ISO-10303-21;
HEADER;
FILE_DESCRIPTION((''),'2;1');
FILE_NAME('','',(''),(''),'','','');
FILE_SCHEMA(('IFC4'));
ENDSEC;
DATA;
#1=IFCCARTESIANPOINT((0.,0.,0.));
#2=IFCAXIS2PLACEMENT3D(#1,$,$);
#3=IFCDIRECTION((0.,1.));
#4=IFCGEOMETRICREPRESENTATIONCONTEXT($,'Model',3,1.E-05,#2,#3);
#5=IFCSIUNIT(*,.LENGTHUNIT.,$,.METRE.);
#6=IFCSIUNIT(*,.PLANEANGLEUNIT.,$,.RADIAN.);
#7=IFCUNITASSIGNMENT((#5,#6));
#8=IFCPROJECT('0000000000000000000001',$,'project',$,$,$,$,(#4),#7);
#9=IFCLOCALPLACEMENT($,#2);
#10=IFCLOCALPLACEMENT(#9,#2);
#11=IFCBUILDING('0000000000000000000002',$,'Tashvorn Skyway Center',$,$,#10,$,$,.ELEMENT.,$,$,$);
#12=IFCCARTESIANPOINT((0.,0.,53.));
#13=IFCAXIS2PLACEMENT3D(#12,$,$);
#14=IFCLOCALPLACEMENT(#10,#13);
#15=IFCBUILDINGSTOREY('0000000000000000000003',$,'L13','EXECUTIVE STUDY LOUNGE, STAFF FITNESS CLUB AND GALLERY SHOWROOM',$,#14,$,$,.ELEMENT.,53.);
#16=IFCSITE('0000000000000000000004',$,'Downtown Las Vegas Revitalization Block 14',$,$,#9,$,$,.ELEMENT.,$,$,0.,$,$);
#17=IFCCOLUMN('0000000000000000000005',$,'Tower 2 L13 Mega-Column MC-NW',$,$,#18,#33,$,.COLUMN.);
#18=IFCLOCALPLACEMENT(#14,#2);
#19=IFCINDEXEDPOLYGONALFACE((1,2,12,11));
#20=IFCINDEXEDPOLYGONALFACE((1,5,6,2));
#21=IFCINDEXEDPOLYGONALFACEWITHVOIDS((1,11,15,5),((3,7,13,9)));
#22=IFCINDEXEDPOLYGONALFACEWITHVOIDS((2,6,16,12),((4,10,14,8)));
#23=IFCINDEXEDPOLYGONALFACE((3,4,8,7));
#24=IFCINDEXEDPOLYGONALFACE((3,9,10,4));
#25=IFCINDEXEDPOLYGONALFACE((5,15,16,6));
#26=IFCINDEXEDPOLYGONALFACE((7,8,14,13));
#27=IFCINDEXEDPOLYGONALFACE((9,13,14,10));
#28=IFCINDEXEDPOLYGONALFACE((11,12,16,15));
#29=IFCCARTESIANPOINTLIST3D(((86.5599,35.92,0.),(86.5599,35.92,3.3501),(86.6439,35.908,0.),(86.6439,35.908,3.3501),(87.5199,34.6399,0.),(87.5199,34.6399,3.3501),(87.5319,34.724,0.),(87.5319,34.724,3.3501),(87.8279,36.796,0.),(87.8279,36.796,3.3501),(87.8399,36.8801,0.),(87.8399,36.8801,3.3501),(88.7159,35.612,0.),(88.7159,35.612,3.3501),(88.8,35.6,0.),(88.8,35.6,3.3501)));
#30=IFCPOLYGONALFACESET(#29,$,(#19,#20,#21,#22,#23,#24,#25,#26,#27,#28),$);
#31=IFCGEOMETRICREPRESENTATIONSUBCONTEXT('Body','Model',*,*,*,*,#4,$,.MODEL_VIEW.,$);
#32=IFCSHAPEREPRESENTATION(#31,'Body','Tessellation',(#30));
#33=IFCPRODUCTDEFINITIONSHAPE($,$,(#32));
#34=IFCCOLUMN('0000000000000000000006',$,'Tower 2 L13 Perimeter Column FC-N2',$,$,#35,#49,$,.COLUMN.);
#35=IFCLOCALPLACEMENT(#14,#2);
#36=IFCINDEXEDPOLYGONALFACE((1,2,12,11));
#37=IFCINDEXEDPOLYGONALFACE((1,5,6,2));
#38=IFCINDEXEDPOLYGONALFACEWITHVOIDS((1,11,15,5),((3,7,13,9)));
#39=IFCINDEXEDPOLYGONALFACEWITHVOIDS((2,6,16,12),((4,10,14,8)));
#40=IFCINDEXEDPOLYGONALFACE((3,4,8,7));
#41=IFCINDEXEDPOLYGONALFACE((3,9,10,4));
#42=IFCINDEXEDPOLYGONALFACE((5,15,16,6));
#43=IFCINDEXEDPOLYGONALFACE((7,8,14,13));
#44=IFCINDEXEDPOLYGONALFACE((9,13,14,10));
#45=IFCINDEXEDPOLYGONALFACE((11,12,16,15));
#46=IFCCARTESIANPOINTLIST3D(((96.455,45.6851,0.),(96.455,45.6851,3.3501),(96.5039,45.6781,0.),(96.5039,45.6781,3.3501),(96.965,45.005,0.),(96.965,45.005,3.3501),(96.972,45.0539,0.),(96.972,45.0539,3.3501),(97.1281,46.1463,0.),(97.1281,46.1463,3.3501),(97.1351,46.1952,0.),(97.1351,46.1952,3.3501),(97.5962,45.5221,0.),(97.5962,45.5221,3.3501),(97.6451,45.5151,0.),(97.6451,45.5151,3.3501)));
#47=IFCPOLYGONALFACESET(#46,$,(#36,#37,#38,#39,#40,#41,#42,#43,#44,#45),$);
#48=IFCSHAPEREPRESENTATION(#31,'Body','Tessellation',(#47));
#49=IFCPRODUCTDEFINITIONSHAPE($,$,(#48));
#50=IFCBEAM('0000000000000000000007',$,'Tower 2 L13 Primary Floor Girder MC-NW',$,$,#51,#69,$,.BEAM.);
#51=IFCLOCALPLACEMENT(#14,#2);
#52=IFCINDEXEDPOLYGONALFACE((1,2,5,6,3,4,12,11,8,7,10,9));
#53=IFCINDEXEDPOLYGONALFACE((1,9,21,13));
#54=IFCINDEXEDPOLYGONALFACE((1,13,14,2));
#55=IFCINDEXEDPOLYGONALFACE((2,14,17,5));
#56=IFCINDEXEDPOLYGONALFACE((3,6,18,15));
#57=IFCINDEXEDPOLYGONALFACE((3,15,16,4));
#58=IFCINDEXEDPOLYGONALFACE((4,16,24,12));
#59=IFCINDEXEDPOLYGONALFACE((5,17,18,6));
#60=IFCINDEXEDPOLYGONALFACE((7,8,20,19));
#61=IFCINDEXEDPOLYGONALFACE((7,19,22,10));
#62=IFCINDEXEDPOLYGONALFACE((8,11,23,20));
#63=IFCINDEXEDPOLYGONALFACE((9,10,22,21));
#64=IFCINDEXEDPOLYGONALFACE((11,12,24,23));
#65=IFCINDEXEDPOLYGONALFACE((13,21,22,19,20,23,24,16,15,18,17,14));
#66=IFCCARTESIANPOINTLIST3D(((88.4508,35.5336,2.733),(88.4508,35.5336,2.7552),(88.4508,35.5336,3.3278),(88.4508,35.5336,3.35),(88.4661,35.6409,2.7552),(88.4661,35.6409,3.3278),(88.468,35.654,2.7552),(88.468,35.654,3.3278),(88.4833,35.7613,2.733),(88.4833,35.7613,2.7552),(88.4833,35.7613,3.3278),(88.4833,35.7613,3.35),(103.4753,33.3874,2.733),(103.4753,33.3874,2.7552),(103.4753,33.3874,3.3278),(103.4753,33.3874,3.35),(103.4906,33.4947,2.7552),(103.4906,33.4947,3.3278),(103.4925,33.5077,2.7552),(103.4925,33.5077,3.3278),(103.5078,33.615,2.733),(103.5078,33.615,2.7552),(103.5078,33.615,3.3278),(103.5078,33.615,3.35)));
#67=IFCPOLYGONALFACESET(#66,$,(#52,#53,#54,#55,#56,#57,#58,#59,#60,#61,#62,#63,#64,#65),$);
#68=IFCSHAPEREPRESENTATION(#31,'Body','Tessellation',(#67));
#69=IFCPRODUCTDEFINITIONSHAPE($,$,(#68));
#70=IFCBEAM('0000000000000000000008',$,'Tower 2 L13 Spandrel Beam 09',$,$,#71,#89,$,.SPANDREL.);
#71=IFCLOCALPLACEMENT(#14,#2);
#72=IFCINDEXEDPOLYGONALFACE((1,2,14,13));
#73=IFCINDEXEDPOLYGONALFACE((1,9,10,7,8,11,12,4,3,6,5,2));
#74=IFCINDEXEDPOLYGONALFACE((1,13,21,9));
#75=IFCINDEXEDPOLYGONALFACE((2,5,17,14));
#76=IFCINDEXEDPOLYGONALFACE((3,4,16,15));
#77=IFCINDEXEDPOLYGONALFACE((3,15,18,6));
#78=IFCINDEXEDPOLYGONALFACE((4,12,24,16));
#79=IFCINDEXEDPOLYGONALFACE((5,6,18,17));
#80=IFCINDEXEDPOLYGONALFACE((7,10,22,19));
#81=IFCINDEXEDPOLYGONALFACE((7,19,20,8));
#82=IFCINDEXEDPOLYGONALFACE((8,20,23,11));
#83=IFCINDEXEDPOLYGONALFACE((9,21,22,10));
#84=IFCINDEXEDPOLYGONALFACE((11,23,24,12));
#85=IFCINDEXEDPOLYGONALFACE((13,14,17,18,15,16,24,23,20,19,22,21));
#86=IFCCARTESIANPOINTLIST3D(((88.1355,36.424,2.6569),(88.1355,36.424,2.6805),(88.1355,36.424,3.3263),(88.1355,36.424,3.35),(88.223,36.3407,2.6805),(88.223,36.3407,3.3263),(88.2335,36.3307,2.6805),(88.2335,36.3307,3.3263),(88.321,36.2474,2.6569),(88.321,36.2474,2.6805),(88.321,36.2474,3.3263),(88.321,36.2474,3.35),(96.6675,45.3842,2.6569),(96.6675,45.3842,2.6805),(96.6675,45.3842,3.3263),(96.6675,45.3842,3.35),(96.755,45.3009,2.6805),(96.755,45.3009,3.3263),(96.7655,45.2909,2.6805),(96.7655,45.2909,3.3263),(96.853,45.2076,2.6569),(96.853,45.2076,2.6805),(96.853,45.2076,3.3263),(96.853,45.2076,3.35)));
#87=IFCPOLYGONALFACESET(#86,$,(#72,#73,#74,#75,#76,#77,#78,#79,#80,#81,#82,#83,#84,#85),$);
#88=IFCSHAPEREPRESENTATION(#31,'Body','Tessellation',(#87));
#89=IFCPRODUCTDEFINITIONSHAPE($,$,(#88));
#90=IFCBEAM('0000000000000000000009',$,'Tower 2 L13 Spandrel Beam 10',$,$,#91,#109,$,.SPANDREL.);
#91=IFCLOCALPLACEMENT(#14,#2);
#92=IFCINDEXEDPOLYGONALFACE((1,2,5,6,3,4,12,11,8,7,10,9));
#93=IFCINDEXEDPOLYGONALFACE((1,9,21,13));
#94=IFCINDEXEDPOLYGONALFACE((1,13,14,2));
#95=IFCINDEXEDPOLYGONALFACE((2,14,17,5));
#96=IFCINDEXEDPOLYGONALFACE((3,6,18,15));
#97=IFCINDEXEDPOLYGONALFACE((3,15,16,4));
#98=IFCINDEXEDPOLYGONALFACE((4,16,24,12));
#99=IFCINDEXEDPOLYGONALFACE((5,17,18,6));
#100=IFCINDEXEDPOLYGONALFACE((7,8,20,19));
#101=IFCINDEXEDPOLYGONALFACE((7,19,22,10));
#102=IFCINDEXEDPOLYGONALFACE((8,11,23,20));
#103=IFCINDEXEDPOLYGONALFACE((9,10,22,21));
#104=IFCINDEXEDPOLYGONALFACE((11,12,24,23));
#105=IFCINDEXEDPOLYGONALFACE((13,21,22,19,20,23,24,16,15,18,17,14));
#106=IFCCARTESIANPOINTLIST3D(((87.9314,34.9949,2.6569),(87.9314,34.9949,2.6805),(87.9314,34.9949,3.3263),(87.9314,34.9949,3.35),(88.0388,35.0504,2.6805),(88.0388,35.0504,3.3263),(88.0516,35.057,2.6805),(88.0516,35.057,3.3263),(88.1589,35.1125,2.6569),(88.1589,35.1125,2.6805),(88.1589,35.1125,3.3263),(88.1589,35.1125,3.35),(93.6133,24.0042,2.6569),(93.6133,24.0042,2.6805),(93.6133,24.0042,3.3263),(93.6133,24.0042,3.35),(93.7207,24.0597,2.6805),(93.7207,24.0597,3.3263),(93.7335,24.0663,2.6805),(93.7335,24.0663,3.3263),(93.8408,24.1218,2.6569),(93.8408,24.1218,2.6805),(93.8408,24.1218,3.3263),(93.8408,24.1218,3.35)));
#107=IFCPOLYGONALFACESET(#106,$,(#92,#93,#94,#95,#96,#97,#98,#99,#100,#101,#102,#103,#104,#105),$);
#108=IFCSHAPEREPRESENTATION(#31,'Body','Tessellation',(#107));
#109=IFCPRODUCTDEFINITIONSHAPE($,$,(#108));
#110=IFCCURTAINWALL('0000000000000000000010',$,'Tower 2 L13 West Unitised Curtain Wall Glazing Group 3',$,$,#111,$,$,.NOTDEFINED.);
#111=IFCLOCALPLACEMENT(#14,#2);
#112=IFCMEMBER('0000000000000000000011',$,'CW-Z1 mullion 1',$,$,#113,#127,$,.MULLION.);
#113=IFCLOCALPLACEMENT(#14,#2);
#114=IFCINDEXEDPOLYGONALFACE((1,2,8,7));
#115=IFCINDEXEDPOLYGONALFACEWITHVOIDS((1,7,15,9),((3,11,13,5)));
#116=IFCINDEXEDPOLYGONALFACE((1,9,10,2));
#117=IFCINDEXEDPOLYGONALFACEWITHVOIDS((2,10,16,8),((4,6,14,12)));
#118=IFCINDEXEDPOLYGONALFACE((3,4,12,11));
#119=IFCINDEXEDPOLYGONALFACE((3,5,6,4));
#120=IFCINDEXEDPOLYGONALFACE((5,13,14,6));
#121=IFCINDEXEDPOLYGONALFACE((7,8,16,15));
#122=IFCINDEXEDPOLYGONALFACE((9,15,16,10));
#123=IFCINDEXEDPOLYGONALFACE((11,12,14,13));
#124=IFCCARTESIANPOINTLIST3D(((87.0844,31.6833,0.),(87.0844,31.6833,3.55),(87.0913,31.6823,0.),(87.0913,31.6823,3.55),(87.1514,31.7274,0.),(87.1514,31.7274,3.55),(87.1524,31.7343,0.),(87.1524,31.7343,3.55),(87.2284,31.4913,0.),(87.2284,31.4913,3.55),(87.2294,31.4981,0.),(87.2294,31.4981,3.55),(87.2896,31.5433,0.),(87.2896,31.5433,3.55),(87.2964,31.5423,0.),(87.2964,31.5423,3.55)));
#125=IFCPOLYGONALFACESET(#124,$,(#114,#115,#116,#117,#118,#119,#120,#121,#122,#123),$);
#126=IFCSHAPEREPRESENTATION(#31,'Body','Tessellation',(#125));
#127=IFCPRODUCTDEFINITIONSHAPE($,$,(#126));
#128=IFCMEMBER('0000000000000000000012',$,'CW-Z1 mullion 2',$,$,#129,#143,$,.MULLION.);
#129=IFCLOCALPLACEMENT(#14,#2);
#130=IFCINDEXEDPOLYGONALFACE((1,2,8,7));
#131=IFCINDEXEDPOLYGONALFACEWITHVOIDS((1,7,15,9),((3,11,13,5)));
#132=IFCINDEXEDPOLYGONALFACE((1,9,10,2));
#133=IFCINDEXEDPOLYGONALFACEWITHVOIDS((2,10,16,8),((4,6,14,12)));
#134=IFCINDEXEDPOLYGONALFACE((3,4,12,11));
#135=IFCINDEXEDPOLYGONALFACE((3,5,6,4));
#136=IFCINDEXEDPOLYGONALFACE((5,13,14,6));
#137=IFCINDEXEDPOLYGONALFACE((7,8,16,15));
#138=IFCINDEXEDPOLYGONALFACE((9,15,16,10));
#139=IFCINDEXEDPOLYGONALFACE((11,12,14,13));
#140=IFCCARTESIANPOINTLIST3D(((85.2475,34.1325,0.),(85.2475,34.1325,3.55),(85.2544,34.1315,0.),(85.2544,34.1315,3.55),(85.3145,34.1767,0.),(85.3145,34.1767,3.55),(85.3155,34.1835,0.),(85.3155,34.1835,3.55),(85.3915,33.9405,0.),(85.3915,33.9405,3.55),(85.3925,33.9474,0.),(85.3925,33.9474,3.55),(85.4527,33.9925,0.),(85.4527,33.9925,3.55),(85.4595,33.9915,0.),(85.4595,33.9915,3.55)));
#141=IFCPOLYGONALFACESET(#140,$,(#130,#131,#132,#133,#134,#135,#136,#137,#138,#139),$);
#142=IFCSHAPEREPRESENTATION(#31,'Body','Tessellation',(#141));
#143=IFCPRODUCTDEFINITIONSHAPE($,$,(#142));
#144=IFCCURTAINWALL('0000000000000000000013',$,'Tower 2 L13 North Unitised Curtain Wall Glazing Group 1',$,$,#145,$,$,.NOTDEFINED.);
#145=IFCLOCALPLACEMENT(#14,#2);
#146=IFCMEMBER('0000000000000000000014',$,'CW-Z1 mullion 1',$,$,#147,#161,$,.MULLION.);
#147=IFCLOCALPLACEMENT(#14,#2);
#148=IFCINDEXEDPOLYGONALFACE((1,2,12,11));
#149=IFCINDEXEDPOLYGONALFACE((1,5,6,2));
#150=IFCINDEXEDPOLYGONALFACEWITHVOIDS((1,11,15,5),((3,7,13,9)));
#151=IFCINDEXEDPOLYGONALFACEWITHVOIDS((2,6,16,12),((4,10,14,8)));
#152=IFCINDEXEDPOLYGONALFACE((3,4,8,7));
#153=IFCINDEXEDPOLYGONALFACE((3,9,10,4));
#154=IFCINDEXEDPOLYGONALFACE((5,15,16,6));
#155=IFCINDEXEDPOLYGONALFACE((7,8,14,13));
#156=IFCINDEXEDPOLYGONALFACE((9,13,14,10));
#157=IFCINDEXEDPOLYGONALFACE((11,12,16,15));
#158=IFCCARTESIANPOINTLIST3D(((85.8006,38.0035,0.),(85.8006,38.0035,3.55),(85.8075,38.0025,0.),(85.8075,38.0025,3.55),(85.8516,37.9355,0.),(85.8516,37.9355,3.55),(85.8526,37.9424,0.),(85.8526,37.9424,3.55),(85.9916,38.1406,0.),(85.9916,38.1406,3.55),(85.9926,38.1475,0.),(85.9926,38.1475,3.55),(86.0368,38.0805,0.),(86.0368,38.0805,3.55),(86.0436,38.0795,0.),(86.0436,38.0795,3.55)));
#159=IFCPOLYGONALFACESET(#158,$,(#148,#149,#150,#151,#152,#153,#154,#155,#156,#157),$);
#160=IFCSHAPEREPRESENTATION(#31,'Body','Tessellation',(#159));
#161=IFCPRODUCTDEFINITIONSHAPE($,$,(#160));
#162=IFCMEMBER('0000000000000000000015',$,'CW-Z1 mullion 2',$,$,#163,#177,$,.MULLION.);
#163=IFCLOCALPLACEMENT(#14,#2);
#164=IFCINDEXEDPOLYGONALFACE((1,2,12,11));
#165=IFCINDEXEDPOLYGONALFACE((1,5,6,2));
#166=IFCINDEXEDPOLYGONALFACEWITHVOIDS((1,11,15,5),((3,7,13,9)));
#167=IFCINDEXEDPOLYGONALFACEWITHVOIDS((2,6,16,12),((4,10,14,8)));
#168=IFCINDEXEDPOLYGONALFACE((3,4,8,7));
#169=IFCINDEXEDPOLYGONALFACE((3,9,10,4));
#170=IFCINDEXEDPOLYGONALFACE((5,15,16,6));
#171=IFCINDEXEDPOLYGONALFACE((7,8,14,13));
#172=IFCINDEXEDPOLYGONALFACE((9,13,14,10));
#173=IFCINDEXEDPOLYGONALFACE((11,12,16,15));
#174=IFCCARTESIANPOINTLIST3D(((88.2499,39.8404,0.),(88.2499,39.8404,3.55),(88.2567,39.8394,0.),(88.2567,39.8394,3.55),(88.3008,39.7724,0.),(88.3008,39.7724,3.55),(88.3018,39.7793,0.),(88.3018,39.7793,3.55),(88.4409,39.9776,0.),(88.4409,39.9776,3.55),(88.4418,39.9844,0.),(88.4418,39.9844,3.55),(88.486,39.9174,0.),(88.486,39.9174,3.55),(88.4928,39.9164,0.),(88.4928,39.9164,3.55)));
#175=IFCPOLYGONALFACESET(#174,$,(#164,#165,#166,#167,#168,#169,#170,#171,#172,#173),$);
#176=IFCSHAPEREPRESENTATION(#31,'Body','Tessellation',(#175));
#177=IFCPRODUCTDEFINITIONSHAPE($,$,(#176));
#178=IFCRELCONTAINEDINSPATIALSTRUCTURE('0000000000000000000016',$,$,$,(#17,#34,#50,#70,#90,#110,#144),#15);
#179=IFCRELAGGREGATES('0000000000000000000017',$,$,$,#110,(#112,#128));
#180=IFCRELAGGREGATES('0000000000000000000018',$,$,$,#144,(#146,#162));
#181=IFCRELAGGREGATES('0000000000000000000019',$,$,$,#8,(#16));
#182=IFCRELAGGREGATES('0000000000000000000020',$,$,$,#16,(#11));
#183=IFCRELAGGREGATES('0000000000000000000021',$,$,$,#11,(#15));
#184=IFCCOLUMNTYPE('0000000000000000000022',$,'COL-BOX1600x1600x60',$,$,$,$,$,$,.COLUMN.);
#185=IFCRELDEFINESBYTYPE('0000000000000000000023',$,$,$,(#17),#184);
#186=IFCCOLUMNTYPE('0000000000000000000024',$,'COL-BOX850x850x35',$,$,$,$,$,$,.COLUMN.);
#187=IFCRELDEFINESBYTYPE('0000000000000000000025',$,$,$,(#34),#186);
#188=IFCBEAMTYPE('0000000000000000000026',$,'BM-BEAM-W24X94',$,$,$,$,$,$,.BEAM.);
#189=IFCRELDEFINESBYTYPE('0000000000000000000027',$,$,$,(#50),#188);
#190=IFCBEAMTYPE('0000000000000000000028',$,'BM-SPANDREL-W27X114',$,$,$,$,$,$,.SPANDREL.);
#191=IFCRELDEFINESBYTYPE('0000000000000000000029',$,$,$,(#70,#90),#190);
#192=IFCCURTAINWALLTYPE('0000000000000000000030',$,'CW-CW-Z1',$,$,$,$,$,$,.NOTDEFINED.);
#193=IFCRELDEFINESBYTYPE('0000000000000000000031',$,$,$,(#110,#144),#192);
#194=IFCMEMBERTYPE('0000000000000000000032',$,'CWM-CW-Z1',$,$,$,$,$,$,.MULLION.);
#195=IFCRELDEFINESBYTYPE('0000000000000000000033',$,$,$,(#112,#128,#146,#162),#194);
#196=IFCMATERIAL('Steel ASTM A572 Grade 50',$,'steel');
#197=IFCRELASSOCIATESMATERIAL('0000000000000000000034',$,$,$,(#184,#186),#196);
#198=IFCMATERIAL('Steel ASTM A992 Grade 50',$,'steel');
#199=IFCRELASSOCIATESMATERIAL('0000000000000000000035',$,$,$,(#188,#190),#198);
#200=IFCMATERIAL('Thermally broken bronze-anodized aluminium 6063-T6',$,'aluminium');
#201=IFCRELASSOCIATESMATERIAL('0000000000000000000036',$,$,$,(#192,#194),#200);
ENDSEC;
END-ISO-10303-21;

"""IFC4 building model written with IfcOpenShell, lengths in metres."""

from ifc_helpers import new_model, si_unit, direction, frame, origin, origin_2d, place, context, subcontext, project, spatial, hollow_rectangle, i_section, extrude, material, material_profile, profile_set, type_object, element, aggregate, save


model = new_model("IFC4")

# Units and contexts
model_context = context("Model", 3, precision=1e-05, world=origin(), true_north=direction((0.0, 1.0)))
body_context = subcontext(model_context, "Body", "Model", "MODEL_VIEW")
ifc_project = project(units=[si_unit("LENGTHUNIT", "METRE"), si_unit("PLANEANGLEUNIT", "RADIAN")], contexts=[model_context])

# Site, building, storey
site_placement = place(None, origin())
site = spatial("IfcSite", under=ifc_project, at=site_placement, Name="Downtown Las Vegas Revitalization Block 14", CompositionType="ELEMENT", RefElevation=0.0)
building_placement = place(site_placement, origin())
building = spatial("IfcBuilding", under=site, at=building_placement, Name="Tashvorn Skyway Center", CompositionType="ELEMENT")
storey_placement = place(building_placement, frame((0.0, 0.0, 53.0)))
storey = spatial("IfcBuildingStorey", under=building, at=storey_placement, Name="L13", Description="EXECUTIVE STUDY LOUNGE, STAFF FITNESS CLUB AND GALLERY SHOWROOM", CompositionType="ELEMENT", Elevation=53.0)

# Columns
ifc_material_1 = material(Name="Steel ASTM A572 Grade 50", Category="steel")
ifc_material_profile_1 = material_profile(ifc_material_1, hollow_rectangle(XDim=1.6001, YDim=1.6001, WallThickness=0.0601, at=origin_2d()), Name="BOX1600x1600x60")
ifc_profile_set_1 = profile_set([ifc_material_profile_1], Name="Steel ASTM A572 Grade 50")
column_type_1 = type_object("IfcColumnType", Name="COL-BOX1600x1600x60", PredefinedType="COLUMN", material=ifc_profile_set_1)
column_1_placement = place(storey_placement, frame((87.6799, 35.76, 0.0), z_axis=(0.0, 0.0, 1.0), x_axis=(0.8, 0.6, 0.0)))
element("IfcColumn", 1, at=column_1_placement, inside=storey, type_object=column_type_1, Name="Tower 2 L13 Mega-Column MC-NW", PredefinedType="COLUMN", context=body_context, shape_type="SweptSolid", body=[
    extrude(hollow_rectangle(XDim=1.6001, YDim=1.6001, WallThickness=0.0601, at=origin_2d()), origin(), (0.0, 0.0, 1.0), 3.3501),
])
ifc_material_profile_2 = material_profile(ifc_material_1, hollow_rectangle(XDim=0.8501, YDim=0.8501, WallThickness=0.0349, at=origin_2d()), Name="BOX850x850x35")
ifc_profile_set_2 = profile_set([ifc_material_profile_2], Name="Steel ASTM A572 Grade 50")
column_type_2 = type_object("IfcColumnType", Name="COL-BOX850x850x35", PredefinedType="COLUMN", material=ifc_profile_set_2)
column_2_placement = place(storey_placement, frame((97.05, 45.6001, 0.0), z_axis=(0.0, 0.0, 1.0), x_axis=(0.8, 0.6, 0.0)))
element("IfcColumn", 2, at=column_2_placement, inside=storey, type_object=column_type_2, Name="Tower 2 L13 Perimeter Column FC-N2", PredefinedType="COLUMN", context=body_context, shape_type="SweptSolid", body=[
    extrude(hollow_rectangle(XDim=0.8501, YDim=0.8501, WallThickness=0.0349, at=origin_2d()), origin(), (0.0, 0.0, 1.0), 3.3501),
])

# Beams
ifc_material_2 = material(Name="Steel ASTM A992 Grade 50", Category="steel")
ifc_material_profile_3 = material_profile(ifc_material_2, i_section(OverallWidth=0.23, OverallDepth=0.6169, WebThickness=0.0132, FlangeThickness=0.0222, at=origin_2d()), Name="W24X94")
ifc_profile_set_3 = profile_set([ifc_material_profile_3], Name="Steel ASTM A992 Grade 50")
beam_type_1 = type_object("IfcBeamType", Name="BM-BEAM-W24X94", PredefinedType="BEAM", material=ifc_profile_set_3)
beam_placement = place(storey_placement, frame((88.467, 35.6475, 3.0415), z_axis=(0.98995, -0.141415, 0.0), x_axis=(0.141415, 0.98995, 0.0)))
element("IfcBeam", 3, at=beam_placement, inside=storey, type_object=beam_type_1, Name="Tower 2 L13 Primary Floor Girder MC-NW", PredefinedType="BEAM", context=body_context, shape_type="SweptSolid", body=[
    extrude(i_section(OverallWidth=0.23, OverallDepth=0.6169, WebThickness=0.0132, FlangeThickness=0.0222, at=origin_2d()), origin(), (0.0, 0.0, 1.0), 15.177),
])
ifc_material_profile_4 = material_profile(ifc_material_2, i_section(OverallWidth=0.2561, OverallDepth=0.6931, WebThickness=0.0144, FlangeThickness=0.0237, at=origin_2d()), Name="W27X114")
ifc_profile_set_4 = profile_set([ifc_material_profile_4], Name="Steel ASTM A992 Grade 50")
beam_type_2 = type_object("IfcBeamType", Name="BM-SPANDREL-W27X114", PredefinedType="SPANDREL", material=ifc_profile_set_4)
for number, where, z_axis, x_axis, name in (
    (4, (96.7603, 45.2959, 3.0034), (-0.68959, -0.7242, 0.0), (0.7242, -0.68959, 0.0), "Tower 2 L13 Spandrel Beam 09"),
    (5, (88.0452, 35.0537, 3.0034), (0.459233, -0.888316, 0.0), (0.888316, 0.459233, 0.0), "Tower 2 L13 Spandrel Beam 10"),
):
    element("IfcBeam", number, at=place(storey_placement, frame(where, z_axis=z_axis, x_axis=x_axis)), inside=storey, type_object=beam_type_2, Name=name, PredefinedType="SPANDREL", context=body_context, shape_type="SweptSolid", body=[
        extrude(i_section(OverallWidth=0.2561, OverallDepth=0.6931, WebThickness=0.0144, FlangeThickness=0.0237, at=origin_2d()), origin(), (0.0, 0.0, 1.0), 12.3726),
    ])

# Curtain walls, members
ifc_material_3 = material(Name="Thermally broken bronze-anodized aluminium 6063-T6", Category="aluminium")
curtain_wall_type = type_object("IfcCurtainWallType", Name="CW-CW-Z1", PredefinedType="NOTDEFINED", material=ifc_material_3)
curtain_wall_1_placement = place(storey_placement, origin())
curtain_wall_1 = element("IfcCurtainWall", 6, at=curtain_wall_1_placement, inside=storey, type_object=curtain_wall_type, Name="Tower 2 L13 West Unitised Curtain Wall Glazing Group 3", PredefinedType="NOTDEFINED")
ifc_material_profile_5 = material_profile(ifc_material_3, hollow_rectangle(XDim=0.085, YDim=0.24, WallThickness=0.0049, at=origin_2d()), Name="ALU-MULL-85x240")
ifc_profile_set_5 = profile_set([ifc_material_profile_5], Name="Thermally broken bronze-anodized aluminium 6063-T6")
member_type_1 = type_object("IfcMemberType", Name="CWM-CW-Z1", PredefinedType="MULLION", material=ifc_profile_set_5)
member_1_placement = place(storey_placement, frame((87.1904, 31.6128, 0.0), z_axis=(0.0, 0.0, 1.0), x_axis=(-0.799996, -0.600005, 0.0)))
member_1 = element("IfcMember", 7, at=member_1_placement, type_object=member_type_1, Name="CW-Z1 mullion 1", PredefinedType="MULLION", context=body_context, shape_type="SweptSolid", body=[
    extrude(hollow_rectangle(XDim=0.085, YDim=0.24, WallThickness=0.0049, at=origin_2d()), origin(), (0.0, 0.0, 1.0), 3.55),
])
member_2_placement = place(storey_placement, frame((85.3535, 34.062, 0.0), z_axis=(0.0, 0.0, 1.0), x_axis=(-0.799996, -0.600005, 0.0)))
member_2 = element("IfcMember", 8, at=member_2_placement, type_object=member_type_1, Name="CW-Z1 mullion 2", PredefinedType="MULLION", context=body_context, shape_type="SweptSolid", body=[
    extrude(hollow_rectangle(XDim=0.085, YDim=0.24, WallThickness=0.0049, at=origin_2d()), origin(), (0.0, 0.0, 1.0), 3.55),
])
curtain_wall_2_placement = place(storey_placement, origin())
curtain_wall_2 = element("IfcCurtainWall", 9, at=curtain_wall_2_placement, inside=storey, type_object=curtain_wall_type, Name="Tower 2 L13 North Unitised Curtain Wall Glazing Group 1", PredefinedType="NOTDEFINED")
member_3_placement = place(storey_placement, frame((85.9221, 38.0415, 0.0), z_axis=(0.0, 0.0, 1.0), x_axis=(-0.600005, 0.799996, 0.0)))
member_3 = element("IfcMember", 10, at=member_3_placement, type_object=member_type_1, Name="CW-Z1 mullion 1", PredefinedType="MULLION", context=body_context, shape_type="SweptSolid", body=[
    extrude(hollow_rectangle(XDim=0.085, YDim=0.24, WallThickness=0.0049, at=origin_2d()), origin(), (0.0, 0.0, 1.0), 3.55),
])
member_4_placement = place(storey_placement, frame((88.3713, 39.8784, 0.0), z_axis=(0.0, 0.0, 1.0), x_axis=(-0.600005, 0.799996, 0.0)))
member_4 = element("IfcMember", 11, at=member_4_placement, type_object=member_type_1, Name="CW-Z1 mullion 2", PredefinedType="MULLION", context=body_context, shape_type="SweptSolid", body=[
    extrude(hollow_rectangle(XDim=0.085, YDim=0.24, WallThickness=0.0049, at=origin_2d()), origin(), (0.0, 0.0, 1.0), 3.55),
])

aggregate(curtain_wall_1, [member_1, member_2])
aggregate(curtain_wall_2, [member_3, member_4])

save(model, "model.ifc")
